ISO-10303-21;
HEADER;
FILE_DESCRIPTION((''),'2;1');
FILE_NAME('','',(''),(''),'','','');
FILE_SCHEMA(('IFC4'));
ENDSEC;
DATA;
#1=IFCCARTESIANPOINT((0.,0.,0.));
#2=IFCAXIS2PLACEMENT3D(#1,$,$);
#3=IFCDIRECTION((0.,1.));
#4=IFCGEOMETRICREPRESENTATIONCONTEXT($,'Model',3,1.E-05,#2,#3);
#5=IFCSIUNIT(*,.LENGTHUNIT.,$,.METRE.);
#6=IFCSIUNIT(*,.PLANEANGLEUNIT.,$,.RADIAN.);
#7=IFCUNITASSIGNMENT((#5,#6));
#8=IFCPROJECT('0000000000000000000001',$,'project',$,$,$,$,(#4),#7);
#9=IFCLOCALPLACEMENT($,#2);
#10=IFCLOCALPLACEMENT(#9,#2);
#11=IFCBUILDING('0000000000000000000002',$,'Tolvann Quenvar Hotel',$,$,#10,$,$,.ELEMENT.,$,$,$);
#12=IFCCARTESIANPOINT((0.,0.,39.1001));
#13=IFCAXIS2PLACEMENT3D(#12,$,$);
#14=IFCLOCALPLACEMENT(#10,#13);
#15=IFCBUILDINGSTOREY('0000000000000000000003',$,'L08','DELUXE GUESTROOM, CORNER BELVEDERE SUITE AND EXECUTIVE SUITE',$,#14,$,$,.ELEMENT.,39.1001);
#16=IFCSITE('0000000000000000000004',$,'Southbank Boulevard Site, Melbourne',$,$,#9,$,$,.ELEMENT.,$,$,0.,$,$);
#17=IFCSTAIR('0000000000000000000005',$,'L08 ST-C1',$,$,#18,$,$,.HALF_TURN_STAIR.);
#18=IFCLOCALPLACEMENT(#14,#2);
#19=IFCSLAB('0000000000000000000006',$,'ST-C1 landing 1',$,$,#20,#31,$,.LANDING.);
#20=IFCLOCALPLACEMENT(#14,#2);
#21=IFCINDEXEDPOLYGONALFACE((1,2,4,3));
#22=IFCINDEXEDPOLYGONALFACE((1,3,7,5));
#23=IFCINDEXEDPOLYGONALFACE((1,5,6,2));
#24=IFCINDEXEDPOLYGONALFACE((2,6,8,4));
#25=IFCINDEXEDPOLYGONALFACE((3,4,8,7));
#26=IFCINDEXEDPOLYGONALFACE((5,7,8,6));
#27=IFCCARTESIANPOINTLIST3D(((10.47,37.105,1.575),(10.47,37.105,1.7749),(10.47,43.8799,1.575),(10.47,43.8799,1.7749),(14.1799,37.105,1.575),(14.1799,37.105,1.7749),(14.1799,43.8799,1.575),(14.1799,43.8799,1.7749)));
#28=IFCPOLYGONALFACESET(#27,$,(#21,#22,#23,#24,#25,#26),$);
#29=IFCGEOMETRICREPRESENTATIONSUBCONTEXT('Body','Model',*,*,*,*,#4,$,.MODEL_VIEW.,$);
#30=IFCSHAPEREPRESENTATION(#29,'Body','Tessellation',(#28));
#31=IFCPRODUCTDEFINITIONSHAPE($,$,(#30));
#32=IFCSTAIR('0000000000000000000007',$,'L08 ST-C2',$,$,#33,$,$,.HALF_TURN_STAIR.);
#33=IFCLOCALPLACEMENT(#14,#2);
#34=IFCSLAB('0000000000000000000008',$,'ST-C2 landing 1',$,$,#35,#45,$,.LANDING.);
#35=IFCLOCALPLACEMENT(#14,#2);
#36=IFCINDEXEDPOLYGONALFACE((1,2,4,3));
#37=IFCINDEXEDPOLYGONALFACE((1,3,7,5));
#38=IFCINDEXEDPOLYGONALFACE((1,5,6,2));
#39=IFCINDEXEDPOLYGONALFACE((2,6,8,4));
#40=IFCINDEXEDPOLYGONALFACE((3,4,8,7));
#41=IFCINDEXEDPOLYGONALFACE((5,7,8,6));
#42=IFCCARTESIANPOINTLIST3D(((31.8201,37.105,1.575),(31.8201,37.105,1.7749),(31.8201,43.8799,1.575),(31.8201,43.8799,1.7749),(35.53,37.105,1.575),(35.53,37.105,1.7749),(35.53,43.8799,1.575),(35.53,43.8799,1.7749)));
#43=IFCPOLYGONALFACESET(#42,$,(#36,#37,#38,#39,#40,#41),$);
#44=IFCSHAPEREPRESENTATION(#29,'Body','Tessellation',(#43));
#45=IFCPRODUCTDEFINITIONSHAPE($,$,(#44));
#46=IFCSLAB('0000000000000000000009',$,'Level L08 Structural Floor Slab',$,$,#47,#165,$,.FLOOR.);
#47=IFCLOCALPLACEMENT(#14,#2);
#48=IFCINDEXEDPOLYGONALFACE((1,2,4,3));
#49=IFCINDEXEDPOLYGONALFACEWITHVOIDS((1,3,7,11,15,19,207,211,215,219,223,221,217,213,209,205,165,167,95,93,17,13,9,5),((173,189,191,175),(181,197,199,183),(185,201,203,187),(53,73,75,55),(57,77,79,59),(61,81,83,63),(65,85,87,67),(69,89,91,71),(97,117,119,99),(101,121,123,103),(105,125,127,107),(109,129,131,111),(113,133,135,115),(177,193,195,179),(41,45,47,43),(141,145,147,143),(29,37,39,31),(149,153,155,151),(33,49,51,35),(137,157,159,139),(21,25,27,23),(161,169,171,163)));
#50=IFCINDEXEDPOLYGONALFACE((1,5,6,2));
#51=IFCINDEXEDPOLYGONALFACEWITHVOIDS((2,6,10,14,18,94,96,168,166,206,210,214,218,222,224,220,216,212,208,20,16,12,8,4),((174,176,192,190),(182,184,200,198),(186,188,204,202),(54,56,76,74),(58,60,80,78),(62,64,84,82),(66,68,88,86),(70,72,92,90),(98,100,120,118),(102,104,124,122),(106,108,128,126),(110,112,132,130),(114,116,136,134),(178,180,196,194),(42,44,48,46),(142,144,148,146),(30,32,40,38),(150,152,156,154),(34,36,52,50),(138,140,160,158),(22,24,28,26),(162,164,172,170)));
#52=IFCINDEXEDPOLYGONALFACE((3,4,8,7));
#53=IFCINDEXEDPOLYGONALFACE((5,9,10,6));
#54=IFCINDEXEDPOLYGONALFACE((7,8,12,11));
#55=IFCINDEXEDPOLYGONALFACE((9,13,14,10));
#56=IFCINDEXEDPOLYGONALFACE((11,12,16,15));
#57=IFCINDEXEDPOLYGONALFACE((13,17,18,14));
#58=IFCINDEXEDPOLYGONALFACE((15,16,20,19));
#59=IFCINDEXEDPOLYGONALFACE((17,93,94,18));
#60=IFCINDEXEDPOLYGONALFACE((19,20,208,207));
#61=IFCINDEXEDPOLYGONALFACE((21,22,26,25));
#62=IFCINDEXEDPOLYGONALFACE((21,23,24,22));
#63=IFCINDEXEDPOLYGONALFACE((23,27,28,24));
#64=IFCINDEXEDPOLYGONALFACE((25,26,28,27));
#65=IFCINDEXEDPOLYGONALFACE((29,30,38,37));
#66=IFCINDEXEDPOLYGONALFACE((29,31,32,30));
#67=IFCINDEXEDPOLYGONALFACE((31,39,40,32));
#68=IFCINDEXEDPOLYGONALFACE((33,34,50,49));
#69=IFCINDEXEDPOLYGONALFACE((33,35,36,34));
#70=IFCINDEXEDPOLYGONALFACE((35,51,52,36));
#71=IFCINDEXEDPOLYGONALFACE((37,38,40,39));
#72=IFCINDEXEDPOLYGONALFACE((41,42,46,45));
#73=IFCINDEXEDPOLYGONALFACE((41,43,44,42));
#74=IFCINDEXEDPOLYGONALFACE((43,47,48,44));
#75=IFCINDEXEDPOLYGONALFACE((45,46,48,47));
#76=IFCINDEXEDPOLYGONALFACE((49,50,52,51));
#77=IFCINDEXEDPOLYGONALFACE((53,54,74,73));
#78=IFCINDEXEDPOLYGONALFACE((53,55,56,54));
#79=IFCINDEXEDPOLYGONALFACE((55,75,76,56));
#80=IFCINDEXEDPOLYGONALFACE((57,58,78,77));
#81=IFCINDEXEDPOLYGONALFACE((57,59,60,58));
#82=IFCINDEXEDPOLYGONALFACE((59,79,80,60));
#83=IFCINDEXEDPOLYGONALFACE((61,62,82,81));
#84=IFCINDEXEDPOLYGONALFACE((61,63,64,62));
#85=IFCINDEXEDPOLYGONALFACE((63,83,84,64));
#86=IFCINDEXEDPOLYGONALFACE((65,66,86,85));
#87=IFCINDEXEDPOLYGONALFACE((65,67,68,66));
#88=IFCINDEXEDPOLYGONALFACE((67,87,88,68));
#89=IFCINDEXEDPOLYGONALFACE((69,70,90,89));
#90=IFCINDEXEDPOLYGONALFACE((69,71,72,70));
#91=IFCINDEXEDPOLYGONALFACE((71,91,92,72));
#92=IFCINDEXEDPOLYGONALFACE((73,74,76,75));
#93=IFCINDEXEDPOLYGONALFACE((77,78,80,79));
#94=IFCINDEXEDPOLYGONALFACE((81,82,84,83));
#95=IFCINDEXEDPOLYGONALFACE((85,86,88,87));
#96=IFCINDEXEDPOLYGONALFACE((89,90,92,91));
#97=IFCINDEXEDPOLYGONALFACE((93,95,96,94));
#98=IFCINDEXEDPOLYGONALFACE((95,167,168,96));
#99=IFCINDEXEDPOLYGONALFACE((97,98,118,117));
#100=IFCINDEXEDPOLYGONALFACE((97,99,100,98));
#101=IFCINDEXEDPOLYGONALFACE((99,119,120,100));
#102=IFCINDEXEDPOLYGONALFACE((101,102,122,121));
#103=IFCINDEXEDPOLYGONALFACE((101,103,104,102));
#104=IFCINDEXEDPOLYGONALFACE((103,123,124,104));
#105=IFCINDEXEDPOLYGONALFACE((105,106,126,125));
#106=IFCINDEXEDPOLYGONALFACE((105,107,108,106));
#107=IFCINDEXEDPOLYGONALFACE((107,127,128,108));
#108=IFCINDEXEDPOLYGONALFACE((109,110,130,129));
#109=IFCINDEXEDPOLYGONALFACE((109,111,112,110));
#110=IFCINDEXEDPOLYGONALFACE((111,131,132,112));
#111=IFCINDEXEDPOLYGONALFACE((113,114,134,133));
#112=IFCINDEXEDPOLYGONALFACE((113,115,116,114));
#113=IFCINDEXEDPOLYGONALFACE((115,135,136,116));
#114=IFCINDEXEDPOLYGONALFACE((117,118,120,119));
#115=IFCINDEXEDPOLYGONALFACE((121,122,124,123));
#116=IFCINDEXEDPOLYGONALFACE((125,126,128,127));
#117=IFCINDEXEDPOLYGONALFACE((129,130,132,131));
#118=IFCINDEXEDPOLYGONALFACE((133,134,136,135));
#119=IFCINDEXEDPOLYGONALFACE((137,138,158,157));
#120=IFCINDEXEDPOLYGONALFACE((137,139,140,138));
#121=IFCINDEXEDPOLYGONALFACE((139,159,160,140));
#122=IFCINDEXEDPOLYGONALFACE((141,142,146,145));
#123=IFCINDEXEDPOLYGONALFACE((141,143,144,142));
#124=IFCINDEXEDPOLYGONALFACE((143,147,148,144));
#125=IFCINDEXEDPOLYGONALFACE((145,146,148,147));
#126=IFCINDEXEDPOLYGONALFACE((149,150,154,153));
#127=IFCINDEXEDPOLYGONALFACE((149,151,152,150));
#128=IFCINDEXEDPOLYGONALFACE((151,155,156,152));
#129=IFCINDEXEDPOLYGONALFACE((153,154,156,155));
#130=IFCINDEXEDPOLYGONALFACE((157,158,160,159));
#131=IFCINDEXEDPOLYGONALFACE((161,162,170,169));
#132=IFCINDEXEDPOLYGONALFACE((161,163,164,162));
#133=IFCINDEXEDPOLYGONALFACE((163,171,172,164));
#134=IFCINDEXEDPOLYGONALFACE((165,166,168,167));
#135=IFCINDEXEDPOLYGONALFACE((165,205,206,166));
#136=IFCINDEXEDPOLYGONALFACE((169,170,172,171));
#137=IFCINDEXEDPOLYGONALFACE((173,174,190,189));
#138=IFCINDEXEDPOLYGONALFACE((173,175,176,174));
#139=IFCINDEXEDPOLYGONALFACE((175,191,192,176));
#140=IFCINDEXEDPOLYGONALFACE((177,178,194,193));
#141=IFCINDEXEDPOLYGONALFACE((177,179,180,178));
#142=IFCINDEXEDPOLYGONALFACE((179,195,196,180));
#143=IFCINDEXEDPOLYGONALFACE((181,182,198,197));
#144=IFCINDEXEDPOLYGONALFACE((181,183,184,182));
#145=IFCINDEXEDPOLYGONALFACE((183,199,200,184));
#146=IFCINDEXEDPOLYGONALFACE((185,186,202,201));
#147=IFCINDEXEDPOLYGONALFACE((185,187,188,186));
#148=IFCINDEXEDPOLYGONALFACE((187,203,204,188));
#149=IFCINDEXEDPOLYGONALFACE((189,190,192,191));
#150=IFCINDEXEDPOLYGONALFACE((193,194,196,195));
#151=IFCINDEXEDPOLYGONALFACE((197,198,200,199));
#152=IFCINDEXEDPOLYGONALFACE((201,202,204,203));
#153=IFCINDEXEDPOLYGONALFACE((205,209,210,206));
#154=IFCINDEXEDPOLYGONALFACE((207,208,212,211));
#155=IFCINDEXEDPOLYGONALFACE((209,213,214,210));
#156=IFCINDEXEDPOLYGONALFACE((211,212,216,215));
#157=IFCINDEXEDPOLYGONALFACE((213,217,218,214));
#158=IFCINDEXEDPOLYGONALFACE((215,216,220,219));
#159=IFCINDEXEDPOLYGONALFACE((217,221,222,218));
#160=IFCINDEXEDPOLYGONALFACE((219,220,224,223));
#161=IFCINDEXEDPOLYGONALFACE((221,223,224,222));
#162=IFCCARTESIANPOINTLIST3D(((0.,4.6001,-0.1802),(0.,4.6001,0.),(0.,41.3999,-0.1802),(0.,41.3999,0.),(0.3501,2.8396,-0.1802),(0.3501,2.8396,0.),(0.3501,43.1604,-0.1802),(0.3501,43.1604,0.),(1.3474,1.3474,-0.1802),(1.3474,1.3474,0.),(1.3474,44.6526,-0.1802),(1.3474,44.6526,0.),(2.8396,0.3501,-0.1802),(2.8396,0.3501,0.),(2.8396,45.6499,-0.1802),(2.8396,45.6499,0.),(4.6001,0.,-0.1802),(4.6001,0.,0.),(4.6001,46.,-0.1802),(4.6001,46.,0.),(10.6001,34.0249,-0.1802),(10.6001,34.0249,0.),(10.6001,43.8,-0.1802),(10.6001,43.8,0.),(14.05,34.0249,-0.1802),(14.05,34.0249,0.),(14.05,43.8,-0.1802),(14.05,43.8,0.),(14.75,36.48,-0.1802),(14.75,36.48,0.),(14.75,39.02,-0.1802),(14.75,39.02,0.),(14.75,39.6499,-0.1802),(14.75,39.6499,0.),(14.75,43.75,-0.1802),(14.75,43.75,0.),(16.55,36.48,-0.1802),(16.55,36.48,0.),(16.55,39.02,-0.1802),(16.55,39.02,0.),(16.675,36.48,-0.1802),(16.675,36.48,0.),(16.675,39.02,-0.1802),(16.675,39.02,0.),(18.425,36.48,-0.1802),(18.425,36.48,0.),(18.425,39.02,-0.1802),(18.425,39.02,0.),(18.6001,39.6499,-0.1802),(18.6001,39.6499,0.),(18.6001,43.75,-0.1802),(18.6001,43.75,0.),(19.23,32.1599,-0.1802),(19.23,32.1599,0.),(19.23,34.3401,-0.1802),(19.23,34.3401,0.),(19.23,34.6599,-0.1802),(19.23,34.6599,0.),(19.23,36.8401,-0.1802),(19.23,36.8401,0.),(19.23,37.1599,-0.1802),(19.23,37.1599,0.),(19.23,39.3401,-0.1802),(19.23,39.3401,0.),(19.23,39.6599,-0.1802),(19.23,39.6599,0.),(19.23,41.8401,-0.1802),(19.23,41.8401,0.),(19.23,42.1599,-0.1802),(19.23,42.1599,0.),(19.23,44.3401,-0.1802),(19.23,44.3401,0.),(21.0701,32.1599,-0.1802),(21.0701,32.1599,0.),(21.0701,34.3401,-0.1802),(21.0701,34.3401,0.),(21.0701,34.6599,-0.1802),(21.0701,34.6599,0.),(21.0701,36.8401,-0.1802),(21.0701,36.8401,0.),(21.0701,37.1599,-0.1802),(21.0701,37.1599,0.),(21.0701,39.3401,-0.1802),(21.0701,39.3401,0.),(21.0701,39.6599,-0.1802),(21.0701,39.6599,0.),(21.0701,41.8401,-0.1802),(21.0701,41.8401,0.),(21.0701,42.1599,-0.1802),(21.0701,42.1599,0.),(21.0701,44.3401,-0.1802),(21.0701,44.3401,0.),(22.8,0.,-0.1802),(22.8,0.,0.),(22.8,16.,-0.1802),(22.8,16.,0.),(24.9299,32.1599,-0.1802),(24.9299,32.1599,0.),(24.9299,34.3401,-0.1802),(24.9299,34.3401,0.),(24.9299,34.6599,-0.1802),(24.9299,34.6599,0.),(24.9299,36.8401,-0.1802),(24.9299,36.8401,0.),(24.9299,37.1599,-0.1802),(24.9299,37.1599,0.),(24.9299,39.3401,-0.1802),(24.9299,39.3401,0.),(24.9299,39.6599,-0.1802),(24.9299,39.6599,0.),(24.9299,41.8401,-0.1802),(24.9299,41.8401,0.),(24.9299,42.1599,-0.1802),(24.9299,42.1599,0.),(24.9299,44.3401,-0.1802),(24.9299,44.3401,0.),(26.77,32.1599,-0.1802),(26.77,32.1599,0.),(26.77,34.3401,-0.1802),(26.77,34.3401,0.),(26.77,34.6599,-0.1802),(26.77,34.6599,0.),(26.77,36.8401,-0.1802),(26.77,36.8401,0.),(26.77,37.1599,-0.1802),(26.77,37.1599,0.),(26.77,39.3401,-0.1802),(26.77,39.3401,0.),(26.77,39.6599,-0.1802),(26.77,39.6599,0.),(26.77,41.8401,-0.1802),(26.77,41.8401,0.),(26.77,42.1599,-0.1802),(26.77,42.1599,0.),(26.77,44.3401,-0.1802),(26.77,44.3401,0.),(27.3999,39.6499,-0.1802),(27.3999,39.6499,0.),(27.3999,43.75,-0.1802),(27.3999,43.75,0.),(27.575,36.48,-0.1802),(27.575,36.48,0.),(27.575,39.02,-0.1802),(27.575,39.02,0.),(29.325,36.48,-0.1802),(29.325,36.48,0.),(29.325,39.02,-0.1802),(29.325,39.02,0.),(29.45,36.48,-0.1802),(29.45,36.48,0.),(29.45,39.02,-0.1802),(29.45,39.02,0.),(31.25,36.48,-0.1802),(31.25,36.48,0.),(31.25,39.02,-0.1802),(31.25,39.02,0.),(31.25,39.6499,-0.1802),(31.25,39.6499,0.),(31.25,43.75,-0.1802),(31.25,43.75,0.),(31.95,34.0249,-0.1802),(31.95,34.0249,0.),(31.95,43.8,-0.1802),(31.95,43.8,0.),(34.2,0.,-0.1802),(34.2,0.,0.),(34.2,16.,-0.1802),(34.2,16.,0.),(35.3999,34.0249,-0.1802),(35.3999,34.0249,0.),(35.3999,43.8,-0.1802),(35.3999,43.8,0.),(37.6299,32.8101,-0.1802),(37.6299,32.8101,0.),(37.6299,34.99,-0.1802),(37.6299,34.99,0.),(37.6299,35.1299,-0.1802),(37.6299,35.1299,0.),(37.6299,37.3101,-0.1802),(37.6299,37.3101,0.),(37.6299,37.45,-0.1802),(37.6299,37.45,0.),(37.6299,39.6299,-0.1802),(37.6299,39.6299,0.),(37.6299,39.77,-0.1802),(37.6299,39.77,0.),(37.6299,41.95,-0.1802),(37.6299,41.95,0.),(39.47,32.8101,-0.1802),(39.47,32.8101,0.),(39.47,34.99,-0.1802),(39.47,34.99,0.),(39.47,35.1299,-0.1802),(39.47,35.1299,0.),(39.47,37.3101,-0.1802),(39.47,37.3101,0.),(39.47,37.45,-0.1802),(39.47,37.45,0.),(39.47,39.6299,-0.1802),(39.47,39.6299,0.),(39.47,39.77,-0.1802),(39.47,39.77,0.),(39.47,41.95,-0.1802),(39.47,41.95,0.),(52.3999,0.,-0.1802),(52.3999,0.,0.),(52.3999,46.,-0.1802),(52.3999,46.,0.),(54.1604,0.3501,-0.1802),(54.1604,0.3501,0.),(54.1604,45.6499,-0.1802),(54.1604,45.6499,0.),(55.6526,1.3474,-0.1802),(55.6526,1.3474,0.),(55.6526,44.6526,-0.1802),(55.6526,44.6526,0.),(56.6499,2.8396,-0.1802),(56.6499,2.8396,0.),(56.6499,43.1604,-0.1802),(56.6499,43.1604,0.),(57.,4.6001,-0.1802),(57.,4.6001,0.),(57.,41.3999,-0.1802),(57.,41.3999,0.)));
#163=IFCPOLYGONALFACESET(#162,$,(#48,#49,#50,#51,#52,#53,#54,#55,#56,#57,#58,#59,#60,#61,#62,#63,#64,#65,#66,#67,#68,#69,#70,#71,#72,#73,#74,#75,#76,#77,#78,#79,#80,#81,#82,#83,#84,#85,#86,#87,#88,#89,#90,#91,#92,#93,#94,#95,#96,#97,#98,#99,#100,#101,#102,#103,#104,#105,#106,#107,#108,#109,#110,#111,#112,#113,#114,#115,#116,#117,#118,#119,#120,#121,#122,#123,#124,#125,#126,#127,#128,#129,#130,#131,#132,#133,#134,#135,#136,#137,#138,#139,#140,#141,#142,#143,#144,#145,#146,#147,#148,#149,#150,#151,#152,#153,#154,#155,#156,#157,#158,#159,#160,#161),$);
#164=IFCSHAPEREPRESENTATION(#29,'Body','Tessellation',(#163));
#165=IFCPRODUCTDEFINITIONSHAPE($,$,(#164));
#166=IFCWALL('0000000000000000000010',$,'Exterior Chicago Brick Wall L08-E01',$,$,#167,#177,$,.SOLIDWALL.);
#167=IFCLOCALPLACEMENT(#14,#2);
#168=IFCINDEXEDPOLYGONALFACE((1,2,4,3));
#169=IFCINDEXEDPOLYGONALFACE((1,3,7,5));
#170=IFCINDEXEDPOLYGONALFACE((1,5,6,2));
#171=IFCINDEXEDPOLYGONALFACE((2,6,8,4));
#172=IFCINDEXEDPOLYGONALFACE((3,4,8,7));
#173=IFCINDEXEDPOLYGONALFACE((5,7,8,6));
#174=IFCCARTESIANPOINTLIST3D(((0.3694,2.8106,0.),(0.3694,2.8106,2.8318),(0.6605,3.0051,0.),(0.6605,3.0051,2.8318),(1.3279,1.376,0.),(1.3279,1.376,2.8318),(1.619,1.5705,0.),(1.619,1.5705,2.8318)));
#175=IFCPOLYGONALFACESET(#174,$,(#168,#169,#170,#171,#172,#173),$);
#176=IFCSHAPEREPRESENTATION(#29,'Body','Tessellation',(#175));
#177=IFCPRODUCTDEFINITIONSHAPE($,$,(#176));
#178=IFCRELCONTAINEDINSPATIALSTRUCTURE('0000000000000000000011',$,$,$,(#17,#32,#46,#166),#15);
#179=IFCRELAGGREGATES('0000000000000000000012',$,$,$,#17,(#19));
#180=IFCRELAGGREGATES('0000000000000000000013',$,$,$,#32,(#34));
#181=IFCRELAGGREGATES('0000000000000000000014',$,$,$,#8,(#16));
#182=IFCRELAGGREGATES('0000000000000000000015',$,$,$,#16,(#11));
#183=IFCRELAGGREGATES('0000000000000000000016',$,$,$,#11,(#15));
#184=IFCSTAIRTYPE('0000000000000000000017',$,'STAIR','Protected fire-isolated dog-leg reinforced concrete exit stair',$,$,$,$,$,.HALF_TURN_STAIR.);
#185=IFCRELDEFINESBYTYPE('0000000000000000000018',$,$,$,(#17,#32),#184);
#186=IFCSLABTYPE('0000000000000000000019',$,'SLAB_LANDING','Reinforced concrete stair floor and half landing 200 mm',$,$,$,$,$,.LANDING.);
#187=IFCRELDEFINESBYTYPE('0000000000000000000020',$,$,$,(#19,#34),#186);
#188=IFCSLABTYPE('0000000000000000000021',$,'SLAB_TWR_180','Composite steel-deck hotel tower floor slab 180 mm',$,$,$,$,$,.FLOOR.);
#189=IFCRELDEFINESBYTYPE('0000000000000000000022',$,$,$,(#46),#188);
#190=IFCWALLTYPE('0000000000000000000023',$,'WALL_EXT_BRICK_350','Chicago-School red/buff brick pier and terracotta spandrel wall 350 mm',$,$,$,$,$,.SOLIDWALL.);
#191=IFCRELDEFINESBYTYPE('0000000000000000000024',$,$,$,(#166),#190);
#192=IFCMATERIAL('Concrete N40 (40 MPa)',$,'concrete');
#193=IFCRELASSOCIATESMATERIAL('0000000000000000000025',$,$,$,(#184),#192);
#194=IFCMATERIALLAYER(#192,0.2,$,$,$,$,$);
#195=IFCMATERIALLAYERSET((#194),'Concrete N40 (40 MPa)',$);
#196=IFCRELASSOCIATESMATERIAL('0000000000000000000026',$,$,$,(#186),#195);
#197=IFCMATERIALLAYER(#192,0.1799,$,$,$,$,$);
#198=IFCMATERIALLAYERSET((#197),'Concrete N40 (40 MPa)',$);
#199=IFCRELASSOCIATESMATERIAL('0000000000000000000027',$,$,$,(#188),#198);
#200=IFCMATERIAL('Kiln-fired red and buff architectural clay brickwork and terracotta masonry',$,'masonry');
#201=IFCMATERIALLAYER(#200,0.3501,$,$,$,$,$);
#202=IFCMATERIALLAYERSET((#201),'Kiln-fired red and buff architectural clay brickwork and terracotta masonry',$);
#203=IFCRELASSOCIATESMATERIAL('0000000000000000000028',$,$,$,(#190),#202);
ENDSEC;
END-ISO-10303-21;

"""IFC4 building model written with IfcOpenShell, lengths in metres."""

from ifc_helpers import new_model, si_unit, direction, frame, frame_2d, origin, place, context, subcontext, project, spatial, polyline, rectangle, outline, extrude, material, layer, layer_set, type_object, element, aggregate, save


model = new_model("IFC4")

# Units and contexts
model_context = context("Model", 3, precision=1e-05, world=origin(), true_north=direction((0.0, 1.0)))
body_context = subcontext(model_context, "Body", "Model", "MODEL_VIEW")
ifc_project = project(units=[si_unit("LENGTHUNIT", "METRE"), si_unit("PLANEANGLEUNIT", "RADIAN")], contexts=[model_context])

# Site, building, storey
site_placement = place(None, origin())
site = spatial("IfcSite", under=ifc_project, at=site_placement, Name="Southbank Boulevard Site, Melbourne", CompositionType="ELEMENT", RefElevation=0.0)
building_placement = place(site_placement, origin())
building = spatial("IfcBuilding", under=site, at=building_placement, Name="Tolvann Quenvar Hotel", CompositionType="ELEMENT")
storey_placement = place(building_placement, frame((0.0, 0.0, 39.1001)))
storey = spatial("IfcBuildingStorey", under=building, at=storey_placement, Name="L08", Description="DELUXE GUESTROOM, CORNER BELVEDERE SUITE AND EXECUTIVE SUITE", CompositionType="ELEMENT", Elevation=39.1001)

# Stairs, slabs
ifc_material_1 = material(Name="Concrete N40 (40 MPa)", Category="concrete")
stair_type = type_object("IfcStairType", Name="STAIR", Description="Protected fire-isolated dog-leg reinforced concrete exit stair", PredefinedType="HALF_TURN_STAIR", material=ifc_material_1)
stair_1_placement = place(storey_placement, origin())
stair_1 = element("IfcStair", 1, at=stair_1_placement, inside=storey, type_object=stair_type, Name="L08 ST-C1", PredefinedType="HALF_TURN_STAIR")
ifc_layer_1 = layer(ifc_material_1, 0.2)
ifc_layer_set_1 = layer_set([ifc_layer_1], Name="Concrete N40 (40 MPa)")
slab_type_1 = type_object("IfcSlabType", Name="SLAB_LANDING", Description="Reinforced concrete stair floor and half landing 200 mm", PredefinedType="LANDING", material=ifc_layer_set_1)
slab_1_placement = place(storey_placement, frame((0.0, 0.0, 1.575)))
slab_1 = element("IfcSlab", 2, at=slab_1_placement, type_object=slab_type_1, Name="ST-C1 landing 1", PredefinedType="LANDING", context=body_context, shape_type="SweptSolid", body=[
    extrude(outline(polyline([(14.1799, 37.105), (14.1799, 43.8799), (10.47, 43.8799), (10.47, 37.105), (14.1799, 37.105)])), origin(), (0.0, 0.0, 1.0), 0.2),
])
aggregate(stair_1, [slab_1])
stair_2_placement = place(storey_placement, origin())
stair_2 = element("IfcStair", 3, at=stair_2_placement, inside=storey, type_object=stair_type, Name="L08 ST-C2", PredefinedType="HALF_TURN_STAIR")
slab_2_placement = place(storey_placement, frame((0.0, 0.0, 1.575)))
slab_2 = element("IfcSlab", 4, at=slab_2_placement, type_object=slab_type_1, Name="ST-C2 landing 1", PredefinedType="LANDING", context=body_context, shape_type="SweptSolid", body=[
    extrude(outline(polyline([(35.53, 37.105), (35.53, 43.8799), (31.8201, 43.8799), (31.8201, 37.105), (35.53, 37.105)])), origin(), (0.0, 0.0, 1.0), 0.2),
])
aggregate(stair_2, [slab_2])

# Slab
ifc_layer_2 = layer(ifc_material_1, 0.1799)
ifc_layer_set_2 = layer_set([ifc_layer_2], Name="Concrete N40 (40 MPa)")
slab_type_2 = type_object("IfcSlabType", Name="SLAB_TWR_180", Description="Composite steel-deck hotel tower floor slab 180 mm", PredefinedType="FLOOR", material=ifc_layer_set_2)
slab_3_placement = place(storey_placement, frame((0.0, 0.0, -0.1802)))
element("IfcSlab", 5, at=slab_3_placement, inside=storey, type_object=slab_type_2, Name="Level L08 Structural Floor Slab", PredefinedType="FLOOR", context=body_context, shape_type="SweptSolid", body=[
    extrude(outline(polyline([(0.0, 4.6001), (0.3501, 2.8396), (1.3474, 1.3474), (2.8396, 0.3501), (4.6001, 0.0), (22.8, 0.0), (22.8, 16.0), (34.2, 16.0), (34.2, 0.0), (52.3999, 0.0), (54.1604, 0.3501), (55.6526, 1.3474), (56.6499, 2.8396), (57.0, 4.6001), (57.0, 41.3999), (56.6499, 43.1604), (55.6526, 44.6526), (54.1604, 45.6499), (52.3999, 46.0), (4.6001, 46.0), (2.8396, 45.6499), (1.3474, 44.6526), (0.3501, 43.1604), (0.0, 41.3999), (0.0, 4.6001)]), holes=[polyline([(37.6299, 41.95), (39.47, 41.95), (39.47, 39.77), (37.6299, 39.77), (37.6299, 41.95)]), polyline([(37.6299, 39.6299), (39.47, 39.6299), (39.47, 37.45), (37.6299, 37.45), (37.6299, 39.6299)]), polyline([(37.6299, 37.3101), (39.47, 37.3101), (39.47, 35.1299), (37.6299, 35.1299), (37.6299, 37.3101)]), polyline([(37.6299, 34.99), (39.47, 34.99), (39.47, 32.8101), (37.6299, 32.8101), (37.6299, 34.99)]), polyline([(31.95, 43.8), (35.3999, 43.8), (35.3999, 34.0249), (31.95, 34.0249), (31.95, 43.8)]), polyline([(31.25, 39.02), (31.25, 36.48), (29.45, 36.48), (29.45, 39.02), (31.25, 39.02)]), polyline([(31.25, 43.75), (31.25, 39.6499), (27.3999, 39.6499), (27.3999, 43.75), (31.25, 43.75)]), polyline([(27.575, 39.02), (29.325, 39.02), (29.325, 36.48), (27.575, 36.48), (27.575, 39.02)]), polyline([(26.77, 36.8401), (26.77, 34.6599), (24.9299, 34.6599), (24.9299, 36.8401), (26.77, 36.8401)]), polyline([(26.77, 44.3401), (26.77, 42.1599), (24.9299, 42.1599), (24.9299, 44.3401), (26.77, 44.3401)]), polyline([(26.77, 41.8401), (26.77, 39.6599), (24.9299, 39.6599), (24.9299, 41.8401), (26.77, 41.8401)]), polyline([(26.77, 39.3401), (26.77, 37.1599), (24.9299, 37.1599), (24.9299, 39.3401), (26.77, 39.3401)]), polyline([(24.9299, 34.3401), (26.77, 34.3401), (26.77, 32.1599), (24.9299, 32.1599), (24.9299, 34.3401)]), polyline([(21.0701, 44.3401), (21.0701, 42.1599), (19.23, 42.1599), (19.23, 44.3401), (21.0701, 44.3401)]), polyline([(19.23, 41.8401), (21.0701, 41.8401), (21.0701, 39.6599), (19.23, 39.6599), (19.23, 41.8401)]), polyline([(21.0701, 39.3401), (21.0701, 37.1599), (19.23, 37.1599), (19.23, 39.3401), (21.0701, 39.3401)]), polyline([(19.23, 36.8401), (21.0701, 36.8401), (21.0701, 34.6599), (19.23, 34.6599), (19.23, 36.8401)]), polyline([(19.23, 34.3401), (21.0701, 34.3401), (21.0701, 32.1599), (19.23, 32.1599), (19.23, 34.3401)]), polyline([(18.6001, 43.75), (18.6001, 39.6499), (14.75, 39.6499), (14.75, 43.75), (18.6001, 43.75)]), polyline([(16.675, 39.02), (18.425, 39.02), (18.425, 36.48), (16.675, 36.48), (16.675, 39.02)]), polyline([(16.55, 39.02), (16.55, 36.48), (14.75, 36.48), (14.75, 39.02), (16.55, 39.02)]), polyline([(10.6001, 43.8), (14.05, 43.8), (14.05, 34.0249), (10.6001, 34.0249), (10.6001, 43.8)])]), origin(), (0.0, 0.0, 1.0), 0.1802),
])

# Wall
ifc_material_2 = material(Name="Kiln-fired red and buff architectural clay brickwork and terracotta masonry", Category="masonry")
ifc_layer_3 = layer(ifc_material_2, 0.3501)
ifc_layer_set_3 = layer_set([ifc_layer_3], Name="Kiln-fired red and buff architectural clay brickwork and terracotta masonry")
wall_type_1 = type_object("IfcWallType", Name="WALL_EXT_BRICK_350", Description="Chicago-School red/buff brick pier and terracotta spandrel wall 350 mm", PredefinedType="SOLIDWALL", material=ifc_layer_set_3)
wall_1_placement = place(storey_placement, frame((0.5149, 2.908, 0.0), z_axis=(0.0, 0.0, 1.0), x_axis=(0.555549, -0.831484, 0.0)))
element("IfcWall", 6, at=wall_1_placement, inside=storey, type_object=wall_type_1, Name="Exterior Chicago Brick Wall L08-E01", PredefinedType="SOLIDWALL", context=body_context, shape_type="SweptSolid", body=[
    extrude(rectangle(XDim=1.7253, YDim=0.3501, at=frame_2d((0.8628, 0.0))), origin(), (0.0, 0.0, 1.0), 2.8318),
])

save(model, "model.ifc")
